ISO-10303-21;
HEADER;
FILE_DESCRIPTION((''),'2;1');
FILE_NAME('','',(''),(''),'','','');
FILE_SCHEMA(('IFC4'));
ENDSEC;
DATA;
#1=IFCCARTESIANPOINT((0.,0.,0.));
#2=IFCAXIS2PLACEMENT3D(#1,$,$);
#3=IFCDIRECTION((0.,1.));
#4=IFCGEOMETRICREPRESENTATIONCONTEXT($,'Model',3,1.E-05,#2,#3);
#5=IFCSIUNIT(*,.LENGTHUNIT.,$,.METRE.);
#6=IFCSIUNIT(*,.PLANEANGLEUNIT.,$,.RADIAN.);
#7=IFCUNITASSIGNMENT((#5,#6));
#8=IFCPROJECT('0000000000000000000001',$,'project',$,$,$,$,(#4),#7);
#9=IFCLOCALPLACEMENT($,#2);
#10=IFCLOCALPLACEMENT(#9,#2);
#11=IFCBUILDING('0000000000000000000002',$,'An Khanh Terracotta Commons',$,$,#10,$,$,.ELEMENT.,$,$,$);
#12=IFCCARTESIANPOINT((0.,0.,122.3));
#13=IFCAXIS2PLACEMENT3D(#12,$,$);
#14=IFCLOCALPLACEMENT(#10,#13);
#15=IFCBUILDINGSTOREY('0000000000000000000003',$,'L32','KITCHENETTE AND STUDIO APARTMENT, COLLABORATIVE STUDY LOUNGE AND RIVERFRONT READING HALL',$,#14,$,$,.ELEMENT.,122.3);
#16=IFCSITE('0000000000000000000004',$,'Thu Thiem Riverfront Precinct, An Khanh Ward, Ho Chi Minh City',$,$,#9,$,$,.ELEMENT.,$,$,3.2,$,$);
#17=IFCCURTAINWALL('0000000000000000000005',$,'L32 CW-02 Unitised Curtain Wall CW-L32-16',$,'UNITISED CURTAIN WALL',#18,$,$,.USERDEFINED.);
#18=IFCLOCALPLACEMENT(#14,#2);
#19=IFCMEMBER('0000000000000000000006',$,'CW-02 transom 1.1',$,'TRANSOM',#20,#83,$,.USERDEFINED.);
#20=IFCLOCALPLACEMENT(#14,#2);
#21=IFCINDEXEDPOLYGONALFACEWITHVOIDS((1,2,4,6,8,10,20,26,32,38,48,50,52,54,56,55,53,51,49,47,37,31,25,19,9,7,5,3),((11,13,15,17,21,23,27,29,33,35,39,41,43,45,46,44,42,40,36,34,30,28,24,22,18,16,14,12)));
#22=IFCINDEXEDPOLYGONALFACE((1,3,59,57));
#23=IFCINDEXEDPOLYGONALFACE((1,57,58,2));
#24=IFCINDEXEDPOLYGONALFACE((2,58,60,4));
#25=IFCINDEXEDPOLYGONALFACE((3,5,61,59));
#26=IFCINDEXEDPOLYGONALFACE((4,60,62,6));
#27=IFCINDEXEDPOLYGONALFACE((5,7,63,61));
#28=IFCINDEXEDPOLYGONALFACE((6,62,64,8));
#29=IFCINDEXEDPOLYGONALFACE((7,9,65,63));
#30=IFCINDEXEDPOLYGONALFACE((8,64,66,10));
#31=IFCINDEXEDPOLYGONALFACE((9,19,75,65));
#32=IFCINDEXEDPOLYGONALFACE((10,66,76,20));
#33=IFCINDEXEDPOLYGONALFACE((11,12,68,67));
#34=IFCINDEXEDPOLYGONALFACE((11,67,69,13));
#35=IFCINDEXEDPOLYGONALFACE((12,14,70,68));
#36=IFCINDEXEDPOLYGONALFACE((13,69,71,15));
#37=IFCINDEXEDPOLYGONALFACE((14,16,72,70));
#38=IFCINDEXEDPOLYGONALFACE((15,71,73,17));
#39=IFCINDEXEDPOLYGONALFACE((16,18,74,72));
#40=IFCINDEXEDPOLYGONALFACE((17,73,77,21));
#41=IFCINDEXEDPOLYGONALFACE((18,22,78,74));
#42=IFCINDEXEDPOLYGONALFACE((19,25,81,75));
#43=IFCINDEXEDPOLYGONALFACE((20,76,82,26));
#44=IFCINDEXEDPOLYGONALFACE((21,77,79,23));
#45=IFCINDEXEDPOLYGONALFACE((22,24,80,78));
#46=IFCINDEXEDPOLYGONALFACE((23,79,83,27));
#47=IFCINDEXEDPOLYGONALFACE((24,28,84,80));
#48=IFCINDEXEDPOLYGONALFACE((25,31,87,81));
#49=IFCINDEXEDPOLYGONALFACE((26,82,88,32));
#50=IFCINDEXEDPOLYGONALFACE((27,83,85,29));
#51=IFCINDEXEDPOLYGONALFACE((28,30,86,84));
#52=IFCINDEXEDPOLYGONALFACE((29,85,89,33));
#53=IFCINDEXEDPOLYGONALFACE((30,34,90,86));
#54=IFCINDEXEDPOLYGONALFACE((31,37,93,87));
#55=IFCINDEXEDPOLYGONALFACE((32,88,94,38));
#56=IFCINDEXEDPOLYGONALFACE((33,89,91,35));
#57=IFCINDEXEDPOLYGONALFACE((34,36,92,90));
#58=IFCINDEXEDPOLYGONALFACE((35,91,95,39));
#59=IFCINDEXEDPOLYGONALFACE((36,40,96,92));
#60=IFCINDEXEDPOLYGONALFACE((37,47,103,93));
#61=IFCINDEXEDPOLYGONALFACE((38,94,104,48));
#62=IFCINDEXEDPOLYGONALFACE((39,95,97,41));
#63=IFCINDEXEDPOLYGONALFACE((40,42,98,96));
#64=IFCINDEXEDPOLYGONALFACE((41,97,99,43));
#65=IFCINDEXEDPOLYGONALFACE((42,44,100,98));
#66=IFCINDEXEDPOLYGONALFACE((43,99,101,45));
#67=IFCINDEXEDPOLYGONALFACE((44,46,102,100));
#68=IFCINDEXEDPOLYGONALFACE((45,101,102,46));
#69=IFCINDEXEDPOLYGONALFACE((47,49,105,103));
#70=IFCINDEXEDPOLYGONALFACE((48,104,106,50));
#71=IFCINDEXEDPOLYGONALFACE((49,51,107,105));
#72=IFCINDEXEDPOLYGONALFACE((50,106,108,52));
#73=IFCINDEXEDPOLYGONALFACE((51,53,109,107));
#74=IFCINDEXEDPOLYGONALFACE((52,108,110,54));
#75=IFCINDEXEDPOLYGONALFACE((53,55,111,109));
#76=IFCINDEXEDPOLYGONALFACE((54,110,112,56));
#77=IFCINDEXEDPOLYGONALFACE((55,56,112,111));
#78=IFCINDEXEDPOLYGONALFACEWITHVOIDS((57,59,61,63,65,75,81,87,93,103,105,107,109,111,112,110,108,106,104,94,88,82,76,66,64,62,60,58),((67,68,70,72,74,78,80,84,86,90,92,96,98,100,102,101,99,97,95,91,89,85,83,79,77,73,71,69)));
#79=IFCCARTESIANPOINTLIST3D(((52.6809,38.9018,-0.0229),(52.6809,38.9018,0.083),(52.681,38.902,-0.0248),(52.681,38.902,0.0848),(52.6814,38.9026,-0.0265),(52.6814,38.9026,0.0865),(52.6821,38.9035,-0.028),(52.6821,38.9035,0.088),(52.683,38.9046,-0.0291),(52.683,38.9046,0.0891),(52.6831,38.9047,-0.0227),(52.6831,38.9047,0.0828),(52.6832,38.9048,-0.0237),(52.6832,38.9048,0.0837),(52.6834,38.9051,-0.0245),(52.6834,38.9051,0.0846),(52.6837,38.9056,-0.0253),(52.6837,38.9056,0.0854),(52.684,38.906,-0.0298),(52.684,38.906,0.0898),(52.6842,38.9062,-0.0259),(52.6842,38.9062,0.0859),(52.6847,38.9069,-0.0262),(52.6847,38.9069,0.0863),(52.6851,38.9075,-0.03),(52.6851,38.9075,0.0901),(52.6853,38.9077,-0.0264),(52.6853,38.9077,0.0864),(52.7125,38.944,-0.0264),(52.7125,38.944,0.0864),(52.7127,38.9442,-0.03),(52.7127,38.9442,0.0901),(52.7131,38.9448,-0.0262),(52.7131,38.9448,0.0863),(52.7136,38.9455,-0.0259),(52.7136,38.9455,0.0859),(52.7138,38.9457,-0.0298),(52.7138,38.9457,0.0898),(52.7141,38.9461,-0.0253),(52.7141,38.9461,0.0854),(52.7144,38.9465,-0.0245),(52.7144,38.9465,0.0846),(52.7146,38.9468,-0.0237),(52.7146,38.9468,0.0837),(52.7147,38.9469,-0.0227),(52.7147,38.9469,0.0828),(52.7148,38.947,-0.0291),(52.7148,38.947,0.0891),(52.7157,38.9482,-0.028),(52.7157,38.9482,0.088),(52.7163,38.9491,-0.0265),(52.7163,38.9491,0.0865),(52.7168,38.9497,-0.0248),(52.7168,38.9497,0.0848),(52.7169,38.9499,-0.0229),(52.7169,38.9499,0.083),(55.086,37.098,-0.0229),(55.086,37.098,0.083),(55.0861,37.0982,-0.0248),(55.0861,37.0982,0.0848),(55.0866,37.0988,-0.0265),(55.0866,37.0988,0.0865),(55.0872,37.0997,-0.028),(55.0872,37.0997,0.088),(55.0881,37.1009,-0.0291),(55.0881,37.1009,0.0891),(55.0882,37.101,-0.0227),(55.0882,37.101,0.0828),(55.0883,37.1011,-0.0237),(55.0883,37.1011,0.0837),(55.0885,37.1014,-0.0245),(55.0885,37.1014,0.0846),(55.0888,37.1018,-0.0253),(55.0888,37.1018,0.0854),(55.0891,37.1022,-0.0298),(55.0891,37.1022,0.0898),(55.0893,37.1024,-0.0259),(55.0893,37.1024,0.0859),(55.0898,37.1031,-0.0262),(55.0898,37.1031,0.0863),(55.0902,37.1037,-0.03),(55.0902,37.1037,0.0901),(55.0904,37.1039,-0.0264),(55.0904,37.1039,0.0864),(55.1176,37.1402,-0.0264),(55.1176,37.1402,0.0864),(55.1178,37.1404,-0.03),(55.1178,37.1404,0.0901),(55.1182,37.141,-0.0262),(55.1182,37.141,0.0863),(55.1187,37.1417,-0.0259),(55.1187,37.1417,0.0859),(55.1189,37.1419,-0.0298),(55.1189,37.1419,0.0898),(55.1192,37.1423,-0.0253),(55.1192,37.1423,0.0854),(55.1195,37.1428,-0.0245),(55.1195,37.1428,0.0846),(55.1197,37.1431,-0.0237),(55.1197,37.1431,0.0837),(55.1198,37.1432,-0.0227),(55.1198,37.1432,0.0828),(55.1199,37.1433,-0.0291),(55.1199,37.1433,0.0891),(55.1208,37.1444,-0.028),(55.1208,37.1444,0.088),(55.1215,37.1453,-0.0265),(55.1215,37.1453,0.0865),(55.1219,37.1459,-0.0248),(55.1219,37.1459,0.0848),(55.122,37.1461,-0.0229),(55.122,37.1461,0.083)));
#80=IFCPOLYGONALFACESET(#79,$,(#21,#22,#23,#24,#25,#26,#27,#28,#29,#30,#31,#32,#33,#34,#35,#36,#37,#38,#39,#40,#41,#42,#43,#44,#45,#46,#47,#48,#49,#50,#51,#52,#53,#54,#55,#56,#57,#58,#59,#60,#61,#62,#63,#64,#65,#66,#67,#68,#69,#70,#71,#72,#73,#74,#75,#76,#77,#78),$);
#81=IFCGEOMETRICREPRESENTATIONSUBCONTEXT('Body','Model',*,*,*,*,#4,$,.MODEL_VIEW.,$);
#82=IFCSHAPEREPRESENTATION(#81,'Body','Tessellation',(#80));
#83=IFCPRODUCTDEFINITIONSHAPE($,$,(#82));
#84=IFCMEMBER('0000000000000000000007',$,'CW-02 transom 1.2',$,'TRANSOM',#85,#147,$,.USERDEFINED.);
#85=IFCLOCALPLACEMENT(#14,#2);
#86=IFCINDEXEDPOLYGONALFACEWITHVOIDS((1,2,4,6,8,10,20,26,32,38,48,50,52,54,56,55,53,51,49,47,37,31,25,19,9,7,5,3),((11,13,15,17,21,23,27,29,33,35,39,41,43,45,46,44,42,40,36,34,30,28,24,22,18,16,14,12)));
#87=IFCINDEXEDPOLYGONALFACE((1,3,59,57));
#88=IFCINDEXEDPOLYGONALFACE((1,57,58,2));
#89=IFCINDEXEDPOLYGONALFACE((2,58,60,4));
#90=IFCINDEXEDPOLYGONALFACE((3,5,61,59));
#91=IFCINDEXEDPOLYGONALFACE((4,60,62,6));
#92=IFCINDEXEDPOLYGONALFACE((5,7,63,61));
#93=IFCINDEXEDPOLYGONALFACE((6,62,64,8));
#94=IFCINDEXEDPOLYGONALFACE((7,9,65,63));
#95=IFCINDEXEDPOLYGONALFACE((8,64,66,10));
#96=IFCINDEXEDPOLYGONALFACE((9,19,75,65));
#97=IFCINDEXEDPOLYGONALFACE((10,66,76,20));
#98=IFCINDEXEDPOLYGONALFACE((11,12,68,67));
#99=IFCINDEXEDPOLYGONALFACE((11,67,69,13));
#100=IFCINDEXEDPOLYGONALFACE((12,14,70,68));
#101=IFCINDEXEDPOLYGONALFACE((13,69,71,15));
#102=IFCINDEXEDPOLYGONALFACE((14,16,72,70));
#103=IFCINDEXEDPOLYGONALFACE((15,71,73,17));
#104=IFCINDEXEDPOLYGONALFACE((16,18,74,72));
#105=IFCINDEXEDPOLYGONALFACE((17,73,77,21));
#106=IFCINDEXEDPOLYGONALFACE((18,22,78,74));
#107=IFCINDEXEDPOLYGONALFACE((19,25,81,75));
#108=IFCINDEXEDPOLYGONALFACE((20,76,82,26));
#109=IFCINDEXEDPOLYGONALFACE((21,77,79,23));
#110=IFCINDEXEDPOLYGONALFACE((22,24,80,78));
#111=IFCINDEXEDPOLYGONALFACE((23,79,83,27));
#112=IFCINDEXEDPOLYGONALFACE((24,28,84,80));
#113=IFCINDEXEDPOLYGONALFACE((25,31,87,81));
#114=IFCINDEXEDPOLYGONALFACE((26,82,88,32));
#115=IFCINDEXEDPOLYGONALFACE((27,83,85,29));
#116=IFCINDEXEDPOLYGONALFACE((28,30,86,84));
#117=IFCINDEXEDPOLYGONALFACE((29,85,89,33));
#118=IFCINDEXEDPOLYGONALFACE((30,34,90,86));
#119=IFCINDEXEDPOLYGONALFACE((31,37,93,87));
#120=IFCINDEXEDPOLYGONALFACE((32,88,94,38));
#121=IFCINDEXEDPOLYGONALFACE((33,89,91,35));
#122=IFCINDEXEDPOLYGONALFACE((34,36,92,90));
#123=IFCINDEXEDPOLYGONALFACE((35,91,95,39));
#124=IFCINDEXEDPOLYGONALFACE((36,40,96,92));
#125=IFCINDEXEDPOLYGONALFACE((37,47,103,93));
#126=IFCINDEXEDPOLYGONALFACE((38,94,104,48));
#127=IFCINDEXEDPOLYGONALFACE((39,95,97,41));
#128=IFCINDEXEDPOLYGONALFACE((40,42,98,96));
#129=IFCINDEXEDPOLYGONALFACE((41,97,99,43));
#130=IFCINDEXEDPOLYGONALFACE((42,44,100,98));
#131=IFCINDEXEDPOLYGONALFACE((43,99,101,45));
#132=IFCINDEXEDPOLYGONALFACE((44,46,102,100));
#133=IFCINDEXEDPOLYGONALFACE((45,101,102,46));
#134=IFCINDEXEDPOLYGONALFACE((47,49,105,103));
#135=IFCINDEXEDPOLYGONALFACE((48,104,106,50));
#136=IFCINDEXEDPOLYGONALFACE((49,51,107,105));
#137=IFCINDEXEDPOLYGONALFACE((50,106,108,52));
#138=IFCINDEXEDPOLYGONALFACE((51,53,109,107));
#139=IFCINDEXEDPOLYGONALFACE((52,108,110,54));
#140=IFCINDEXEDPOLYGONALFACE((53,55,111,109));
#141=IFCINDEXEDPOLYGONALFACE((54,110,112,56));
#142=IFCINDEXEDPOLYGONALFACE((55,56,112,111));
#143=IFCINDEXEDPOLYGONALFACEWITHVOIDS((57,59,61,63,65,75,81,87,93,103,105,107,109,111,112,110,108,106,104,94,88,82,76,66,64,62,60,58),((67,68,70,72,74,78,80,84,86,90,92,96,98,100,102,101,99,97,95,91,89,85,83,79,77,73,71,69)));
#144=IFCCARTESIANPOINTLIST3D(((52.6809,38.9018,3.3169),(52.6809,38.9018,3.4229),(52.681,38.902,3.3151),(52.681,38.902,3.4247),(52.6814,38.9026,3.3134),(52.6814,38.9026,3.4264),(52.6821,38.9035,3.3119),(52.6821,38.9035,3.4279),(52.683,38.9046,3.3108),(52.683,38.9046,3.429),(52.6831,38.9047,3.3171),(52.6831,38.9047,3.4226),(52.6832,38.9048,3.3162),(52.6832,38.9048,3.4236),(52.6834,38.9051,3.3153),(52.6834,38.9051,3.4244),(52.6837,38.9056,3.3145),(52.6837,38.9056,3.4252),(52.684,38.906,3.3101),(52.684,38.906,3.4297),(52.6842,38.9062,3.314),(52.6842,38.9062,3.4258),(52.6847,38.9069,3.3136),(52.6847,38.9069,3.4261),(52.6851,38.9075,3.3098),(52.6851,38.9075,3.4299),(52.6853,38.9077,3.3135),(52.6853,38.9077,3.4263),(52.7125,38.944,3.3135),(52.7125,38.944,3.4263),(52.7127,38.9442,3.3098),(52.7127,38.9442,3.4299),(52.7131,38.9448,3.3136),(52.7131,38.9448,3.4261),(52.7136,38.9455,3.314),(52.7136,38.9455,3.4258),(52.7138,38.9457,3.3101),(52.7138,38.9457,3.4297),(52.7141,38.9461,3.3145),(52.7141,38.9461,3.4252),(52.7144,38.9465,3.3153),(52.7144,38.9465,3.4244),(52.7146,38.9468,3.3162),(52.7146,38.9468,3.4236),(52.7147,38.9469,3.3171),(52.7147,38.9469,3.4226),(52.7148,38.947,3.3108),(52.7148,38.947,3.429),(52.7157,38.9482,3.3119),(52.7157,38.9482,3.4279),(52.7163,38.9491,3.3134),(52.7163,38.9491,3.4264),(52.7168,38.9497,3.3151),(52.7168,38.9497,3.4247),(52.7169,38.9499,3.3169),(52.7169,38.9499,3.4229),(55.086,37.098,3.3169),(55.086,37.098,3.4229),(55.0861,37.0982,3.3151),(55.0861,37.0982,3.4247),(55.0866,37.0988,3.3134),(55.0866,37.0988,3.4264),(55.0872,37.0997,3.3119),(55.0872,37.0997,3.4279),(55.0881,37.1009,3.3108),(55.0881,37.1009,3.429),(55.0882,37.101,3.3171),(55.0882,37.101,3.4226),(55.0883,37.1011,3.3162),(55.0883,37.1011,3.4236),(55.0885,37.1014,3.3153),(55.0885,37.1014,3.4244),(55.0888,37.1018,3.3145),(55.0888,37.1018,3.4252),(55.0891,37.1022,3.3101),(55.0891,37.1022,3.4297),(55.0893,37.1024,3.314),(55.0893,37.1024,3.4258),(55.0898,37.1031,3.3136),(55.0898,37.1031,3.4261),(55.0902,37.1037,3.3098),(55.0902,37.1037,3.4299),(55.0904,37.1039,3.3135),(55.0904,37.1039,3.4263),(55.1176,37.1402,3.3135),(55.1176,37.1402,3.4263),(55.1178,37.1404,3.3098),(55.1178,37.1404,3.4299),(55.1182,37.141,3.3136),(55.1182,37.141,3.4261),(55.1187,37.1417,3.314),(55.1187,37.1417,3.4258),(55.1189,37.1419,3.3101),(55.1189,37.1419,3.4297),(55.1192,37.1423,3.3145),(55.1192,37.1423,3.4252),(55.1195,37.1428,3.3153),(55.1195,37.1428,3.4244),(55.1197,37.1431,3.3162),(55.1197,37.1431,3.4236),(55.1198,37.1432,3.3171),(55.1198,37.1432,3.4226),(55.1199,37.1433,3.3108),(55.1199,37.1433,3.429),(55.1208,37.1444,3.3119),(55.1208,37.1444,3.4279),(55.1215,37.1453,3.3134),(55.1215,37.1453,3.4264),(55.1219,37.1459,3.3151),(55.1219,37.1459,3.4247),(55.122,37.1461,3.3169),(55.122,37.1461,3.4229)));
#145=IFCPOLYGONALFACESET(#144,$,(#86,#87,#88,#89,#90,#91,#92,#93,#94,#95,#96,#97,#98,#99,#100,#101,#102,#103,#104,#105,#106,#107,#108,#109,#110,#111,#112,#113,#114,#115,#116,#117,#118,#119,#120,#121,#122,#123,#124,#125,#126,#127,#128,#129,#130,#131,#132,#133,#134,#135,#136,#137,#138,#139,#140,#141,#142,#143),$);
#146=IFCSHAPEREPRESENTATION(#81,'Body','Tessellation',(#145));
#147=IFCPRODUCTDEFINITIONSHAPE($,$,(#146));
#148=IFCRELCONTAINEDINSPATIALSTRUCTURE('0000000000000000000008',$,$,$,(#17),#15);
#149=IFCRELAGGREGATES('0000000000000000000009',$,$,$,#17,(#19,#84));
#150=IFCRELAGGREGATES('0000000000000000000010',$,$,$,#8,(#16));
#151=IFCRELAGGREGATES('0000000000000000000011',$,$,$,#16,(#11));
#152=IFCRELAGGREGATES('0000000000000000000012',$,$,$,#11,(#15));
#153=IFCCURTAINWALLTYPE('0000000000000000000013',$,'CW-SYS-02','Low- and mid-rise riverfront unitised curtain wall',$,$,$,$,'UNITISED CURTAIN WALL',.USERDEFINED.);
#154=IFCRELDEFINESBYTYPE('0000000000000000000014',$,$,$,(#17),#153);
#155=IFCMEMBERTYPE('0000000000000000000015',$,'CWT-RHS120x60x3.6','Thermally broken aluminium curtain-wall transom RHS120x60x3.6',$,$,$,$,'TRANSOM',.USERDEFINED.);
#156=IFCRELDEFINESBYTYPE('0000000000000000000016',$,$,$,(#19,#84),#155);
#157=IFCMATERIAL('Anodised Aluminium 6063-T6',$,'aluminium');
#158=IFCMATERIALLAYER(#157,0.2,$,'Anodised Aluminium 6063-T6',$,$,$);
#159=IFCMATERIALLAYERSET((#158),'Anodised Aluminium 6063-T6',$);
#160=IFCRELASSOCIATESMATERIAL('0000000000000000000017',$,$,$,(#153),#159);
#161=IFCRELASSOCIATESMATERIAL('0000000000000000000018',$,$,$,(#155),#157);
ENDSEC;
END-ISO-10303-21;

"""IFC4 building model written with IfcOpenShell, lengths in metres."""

from ifc_helpers import new_model, si_unit, direction, frame, origin, origin_2d, place, context, subcontext, project, spatial, hollow_rectangle, extrude, material, layer, layer_set, material_profile, profile_set, type_object, element, aggregate, save


model = new_model("IFC4")

# Units and contexts
model_context = context("Model", 3, precision=1e-05, world=origin(), true_north=direction((0.0, 1.0)))
body_context = subcontext(model_context, "Body", "Model", "MODEL_VIEW")
ifc_project = project(units=[si_unit("LENGTHUNIT", "METRE"), si_unit("PLANEANGLEUNIT", "RADIAN")], contexts=[model_context])

# Site, building, storey
site_placement = place(None, origin())
site = spatial("IfcSite", under=ifc_project, at=site_placement, Name="Thu Thiem Riverfront Precinct, An Khanh Ward, Ho Chi Minh City", CompositionType="ELEMENT", RefElevation=3.2)
building_placement = place(site_placement, origin())
building = spatial("IfcBuilding", under=site, at=building_placement, Name="An Khanh Terracotta Commons", CompositionType="ELEMENT")
storey_placement = place(building_placement, frame((0.0, 0.0, 122.3)))
storey = spatial("IfcBuildingStorey", under=building, at=storey_placement, Name="L32", Description="KITCHENETTE AND STUDIO APARTMENT, COLLABORATIVE STUDY LOUNGE AND RIVERFRONT READING HALL", CompositionType="ELEMENT", Elevation=122.3)

# Curtain wall
ifc_material_1 = material(Name="Anodised Aluminium 6063-T6", Category="aluminium")
ifc_layer_1 = layer(ifc_material_1, 0.2, Name="Anodised Aluminium 6063-T6")
ifc_layer_set_1 = layer_set([ifc_layer_1], Name="Anodised Aluminium 6063-T6")
curtain_wall_type = type_object("IfcCurtainWallType", Name="CW-SYS-02", Description="Low- and mid-rise riverfront unitised curtain wall", ElementType="UNITISED CURTAIN WALL", PredefinedType="USERDEFINED", material=ifc_layer_set_1)
curtain_wall_1_placement = place(storey_placement, origin())
curtain_wall_1 = element("IfcCurtainWall", 1, at=curtain_wall_1_placement, inside=storey, type_object=curtain_wall_type, Name="L32 CW-02 Unitised Curtain Wall CW-L32-16", ObjectType="UNITISED CURTAIN WALL", PredefinedType="USERDEFINED")

# Members
ifc_material_profile_1 = material_profile(ifc_material_1, hollow_rectangle(XDim=0.0601, YDim=0.1201, WallThickness=0.0037, InnerFilletRadius=0.0037, OuterFilletRadius=0.0071, at=origin_2d()), Name="RHS120x60x3.6")
ifc_profile_set_1 = profile_set([ifc_material_profile_1], Name="Anodised Aluminium 6063-T6")
member_type_1 = type_object("IfcMemberType", Name="CWT-RHS120x60x3.6", Description="Thermally broken aluminium curtain-wall transom RHS120x60x3.6", ElementType="TRANSOM", PredefinedType="USERDEFINED", material=ifc_profile_set_1)
member_1_placement = place(storey_placement, frame((55.104, 37.1221, 0.03), z_axis=(-0.80001, 0.599987, 0.0), x_axis=(-0.599987, -0.80001, 0.0)))
member_1 = element("IfcMember", 2, at=member_1_placement, type_object=member_type_1, Name="CW-02 transom 1.1", ObjectType="TRANSOM", PredefinedType="USERDEFINED", context=body_context, shape_type="SweptSolid", body=[
    extrude(hollow_rectangle(XDim=0.0601, YDim=0.1201, WallThickness=0.0037, InnerFilletRadius=0.0037, OuterFilletRadius=0.0071, at=origin_2d()), origin(), (0.0, 0.0, 1.0), 3.0063),
])
member_2_placement = place(storey_placement, frame((55.104, 37.1221, 3.3699), z_axis=(-0.80001, 0.599987, 0.0), x_axis=(-0.599987, -0.80001, 0.0)))
member_2 = element("IfcMember", 3, at=member_2_placement, type_object=member_type_1, Name="CW-02 transom 1.2", ObjectType="TRANSOM", PredefinedType="USERDEFINED", context=body_context, shape_type="SweptSolid", body=[
    extrude(hollow_rectangle(XDim=0.0601, YDim=0.1201, WallThickness=0.0037, InnerFilletRadius=0.0037, OuterFilletRadius=0.0071, at=origin_2d()), origin(), (0.0, 0.0, 1.0), 3.0063),
])

aggregate(curtain_wall_1, [member_1, member_2])

save(model, "model.ifc")
